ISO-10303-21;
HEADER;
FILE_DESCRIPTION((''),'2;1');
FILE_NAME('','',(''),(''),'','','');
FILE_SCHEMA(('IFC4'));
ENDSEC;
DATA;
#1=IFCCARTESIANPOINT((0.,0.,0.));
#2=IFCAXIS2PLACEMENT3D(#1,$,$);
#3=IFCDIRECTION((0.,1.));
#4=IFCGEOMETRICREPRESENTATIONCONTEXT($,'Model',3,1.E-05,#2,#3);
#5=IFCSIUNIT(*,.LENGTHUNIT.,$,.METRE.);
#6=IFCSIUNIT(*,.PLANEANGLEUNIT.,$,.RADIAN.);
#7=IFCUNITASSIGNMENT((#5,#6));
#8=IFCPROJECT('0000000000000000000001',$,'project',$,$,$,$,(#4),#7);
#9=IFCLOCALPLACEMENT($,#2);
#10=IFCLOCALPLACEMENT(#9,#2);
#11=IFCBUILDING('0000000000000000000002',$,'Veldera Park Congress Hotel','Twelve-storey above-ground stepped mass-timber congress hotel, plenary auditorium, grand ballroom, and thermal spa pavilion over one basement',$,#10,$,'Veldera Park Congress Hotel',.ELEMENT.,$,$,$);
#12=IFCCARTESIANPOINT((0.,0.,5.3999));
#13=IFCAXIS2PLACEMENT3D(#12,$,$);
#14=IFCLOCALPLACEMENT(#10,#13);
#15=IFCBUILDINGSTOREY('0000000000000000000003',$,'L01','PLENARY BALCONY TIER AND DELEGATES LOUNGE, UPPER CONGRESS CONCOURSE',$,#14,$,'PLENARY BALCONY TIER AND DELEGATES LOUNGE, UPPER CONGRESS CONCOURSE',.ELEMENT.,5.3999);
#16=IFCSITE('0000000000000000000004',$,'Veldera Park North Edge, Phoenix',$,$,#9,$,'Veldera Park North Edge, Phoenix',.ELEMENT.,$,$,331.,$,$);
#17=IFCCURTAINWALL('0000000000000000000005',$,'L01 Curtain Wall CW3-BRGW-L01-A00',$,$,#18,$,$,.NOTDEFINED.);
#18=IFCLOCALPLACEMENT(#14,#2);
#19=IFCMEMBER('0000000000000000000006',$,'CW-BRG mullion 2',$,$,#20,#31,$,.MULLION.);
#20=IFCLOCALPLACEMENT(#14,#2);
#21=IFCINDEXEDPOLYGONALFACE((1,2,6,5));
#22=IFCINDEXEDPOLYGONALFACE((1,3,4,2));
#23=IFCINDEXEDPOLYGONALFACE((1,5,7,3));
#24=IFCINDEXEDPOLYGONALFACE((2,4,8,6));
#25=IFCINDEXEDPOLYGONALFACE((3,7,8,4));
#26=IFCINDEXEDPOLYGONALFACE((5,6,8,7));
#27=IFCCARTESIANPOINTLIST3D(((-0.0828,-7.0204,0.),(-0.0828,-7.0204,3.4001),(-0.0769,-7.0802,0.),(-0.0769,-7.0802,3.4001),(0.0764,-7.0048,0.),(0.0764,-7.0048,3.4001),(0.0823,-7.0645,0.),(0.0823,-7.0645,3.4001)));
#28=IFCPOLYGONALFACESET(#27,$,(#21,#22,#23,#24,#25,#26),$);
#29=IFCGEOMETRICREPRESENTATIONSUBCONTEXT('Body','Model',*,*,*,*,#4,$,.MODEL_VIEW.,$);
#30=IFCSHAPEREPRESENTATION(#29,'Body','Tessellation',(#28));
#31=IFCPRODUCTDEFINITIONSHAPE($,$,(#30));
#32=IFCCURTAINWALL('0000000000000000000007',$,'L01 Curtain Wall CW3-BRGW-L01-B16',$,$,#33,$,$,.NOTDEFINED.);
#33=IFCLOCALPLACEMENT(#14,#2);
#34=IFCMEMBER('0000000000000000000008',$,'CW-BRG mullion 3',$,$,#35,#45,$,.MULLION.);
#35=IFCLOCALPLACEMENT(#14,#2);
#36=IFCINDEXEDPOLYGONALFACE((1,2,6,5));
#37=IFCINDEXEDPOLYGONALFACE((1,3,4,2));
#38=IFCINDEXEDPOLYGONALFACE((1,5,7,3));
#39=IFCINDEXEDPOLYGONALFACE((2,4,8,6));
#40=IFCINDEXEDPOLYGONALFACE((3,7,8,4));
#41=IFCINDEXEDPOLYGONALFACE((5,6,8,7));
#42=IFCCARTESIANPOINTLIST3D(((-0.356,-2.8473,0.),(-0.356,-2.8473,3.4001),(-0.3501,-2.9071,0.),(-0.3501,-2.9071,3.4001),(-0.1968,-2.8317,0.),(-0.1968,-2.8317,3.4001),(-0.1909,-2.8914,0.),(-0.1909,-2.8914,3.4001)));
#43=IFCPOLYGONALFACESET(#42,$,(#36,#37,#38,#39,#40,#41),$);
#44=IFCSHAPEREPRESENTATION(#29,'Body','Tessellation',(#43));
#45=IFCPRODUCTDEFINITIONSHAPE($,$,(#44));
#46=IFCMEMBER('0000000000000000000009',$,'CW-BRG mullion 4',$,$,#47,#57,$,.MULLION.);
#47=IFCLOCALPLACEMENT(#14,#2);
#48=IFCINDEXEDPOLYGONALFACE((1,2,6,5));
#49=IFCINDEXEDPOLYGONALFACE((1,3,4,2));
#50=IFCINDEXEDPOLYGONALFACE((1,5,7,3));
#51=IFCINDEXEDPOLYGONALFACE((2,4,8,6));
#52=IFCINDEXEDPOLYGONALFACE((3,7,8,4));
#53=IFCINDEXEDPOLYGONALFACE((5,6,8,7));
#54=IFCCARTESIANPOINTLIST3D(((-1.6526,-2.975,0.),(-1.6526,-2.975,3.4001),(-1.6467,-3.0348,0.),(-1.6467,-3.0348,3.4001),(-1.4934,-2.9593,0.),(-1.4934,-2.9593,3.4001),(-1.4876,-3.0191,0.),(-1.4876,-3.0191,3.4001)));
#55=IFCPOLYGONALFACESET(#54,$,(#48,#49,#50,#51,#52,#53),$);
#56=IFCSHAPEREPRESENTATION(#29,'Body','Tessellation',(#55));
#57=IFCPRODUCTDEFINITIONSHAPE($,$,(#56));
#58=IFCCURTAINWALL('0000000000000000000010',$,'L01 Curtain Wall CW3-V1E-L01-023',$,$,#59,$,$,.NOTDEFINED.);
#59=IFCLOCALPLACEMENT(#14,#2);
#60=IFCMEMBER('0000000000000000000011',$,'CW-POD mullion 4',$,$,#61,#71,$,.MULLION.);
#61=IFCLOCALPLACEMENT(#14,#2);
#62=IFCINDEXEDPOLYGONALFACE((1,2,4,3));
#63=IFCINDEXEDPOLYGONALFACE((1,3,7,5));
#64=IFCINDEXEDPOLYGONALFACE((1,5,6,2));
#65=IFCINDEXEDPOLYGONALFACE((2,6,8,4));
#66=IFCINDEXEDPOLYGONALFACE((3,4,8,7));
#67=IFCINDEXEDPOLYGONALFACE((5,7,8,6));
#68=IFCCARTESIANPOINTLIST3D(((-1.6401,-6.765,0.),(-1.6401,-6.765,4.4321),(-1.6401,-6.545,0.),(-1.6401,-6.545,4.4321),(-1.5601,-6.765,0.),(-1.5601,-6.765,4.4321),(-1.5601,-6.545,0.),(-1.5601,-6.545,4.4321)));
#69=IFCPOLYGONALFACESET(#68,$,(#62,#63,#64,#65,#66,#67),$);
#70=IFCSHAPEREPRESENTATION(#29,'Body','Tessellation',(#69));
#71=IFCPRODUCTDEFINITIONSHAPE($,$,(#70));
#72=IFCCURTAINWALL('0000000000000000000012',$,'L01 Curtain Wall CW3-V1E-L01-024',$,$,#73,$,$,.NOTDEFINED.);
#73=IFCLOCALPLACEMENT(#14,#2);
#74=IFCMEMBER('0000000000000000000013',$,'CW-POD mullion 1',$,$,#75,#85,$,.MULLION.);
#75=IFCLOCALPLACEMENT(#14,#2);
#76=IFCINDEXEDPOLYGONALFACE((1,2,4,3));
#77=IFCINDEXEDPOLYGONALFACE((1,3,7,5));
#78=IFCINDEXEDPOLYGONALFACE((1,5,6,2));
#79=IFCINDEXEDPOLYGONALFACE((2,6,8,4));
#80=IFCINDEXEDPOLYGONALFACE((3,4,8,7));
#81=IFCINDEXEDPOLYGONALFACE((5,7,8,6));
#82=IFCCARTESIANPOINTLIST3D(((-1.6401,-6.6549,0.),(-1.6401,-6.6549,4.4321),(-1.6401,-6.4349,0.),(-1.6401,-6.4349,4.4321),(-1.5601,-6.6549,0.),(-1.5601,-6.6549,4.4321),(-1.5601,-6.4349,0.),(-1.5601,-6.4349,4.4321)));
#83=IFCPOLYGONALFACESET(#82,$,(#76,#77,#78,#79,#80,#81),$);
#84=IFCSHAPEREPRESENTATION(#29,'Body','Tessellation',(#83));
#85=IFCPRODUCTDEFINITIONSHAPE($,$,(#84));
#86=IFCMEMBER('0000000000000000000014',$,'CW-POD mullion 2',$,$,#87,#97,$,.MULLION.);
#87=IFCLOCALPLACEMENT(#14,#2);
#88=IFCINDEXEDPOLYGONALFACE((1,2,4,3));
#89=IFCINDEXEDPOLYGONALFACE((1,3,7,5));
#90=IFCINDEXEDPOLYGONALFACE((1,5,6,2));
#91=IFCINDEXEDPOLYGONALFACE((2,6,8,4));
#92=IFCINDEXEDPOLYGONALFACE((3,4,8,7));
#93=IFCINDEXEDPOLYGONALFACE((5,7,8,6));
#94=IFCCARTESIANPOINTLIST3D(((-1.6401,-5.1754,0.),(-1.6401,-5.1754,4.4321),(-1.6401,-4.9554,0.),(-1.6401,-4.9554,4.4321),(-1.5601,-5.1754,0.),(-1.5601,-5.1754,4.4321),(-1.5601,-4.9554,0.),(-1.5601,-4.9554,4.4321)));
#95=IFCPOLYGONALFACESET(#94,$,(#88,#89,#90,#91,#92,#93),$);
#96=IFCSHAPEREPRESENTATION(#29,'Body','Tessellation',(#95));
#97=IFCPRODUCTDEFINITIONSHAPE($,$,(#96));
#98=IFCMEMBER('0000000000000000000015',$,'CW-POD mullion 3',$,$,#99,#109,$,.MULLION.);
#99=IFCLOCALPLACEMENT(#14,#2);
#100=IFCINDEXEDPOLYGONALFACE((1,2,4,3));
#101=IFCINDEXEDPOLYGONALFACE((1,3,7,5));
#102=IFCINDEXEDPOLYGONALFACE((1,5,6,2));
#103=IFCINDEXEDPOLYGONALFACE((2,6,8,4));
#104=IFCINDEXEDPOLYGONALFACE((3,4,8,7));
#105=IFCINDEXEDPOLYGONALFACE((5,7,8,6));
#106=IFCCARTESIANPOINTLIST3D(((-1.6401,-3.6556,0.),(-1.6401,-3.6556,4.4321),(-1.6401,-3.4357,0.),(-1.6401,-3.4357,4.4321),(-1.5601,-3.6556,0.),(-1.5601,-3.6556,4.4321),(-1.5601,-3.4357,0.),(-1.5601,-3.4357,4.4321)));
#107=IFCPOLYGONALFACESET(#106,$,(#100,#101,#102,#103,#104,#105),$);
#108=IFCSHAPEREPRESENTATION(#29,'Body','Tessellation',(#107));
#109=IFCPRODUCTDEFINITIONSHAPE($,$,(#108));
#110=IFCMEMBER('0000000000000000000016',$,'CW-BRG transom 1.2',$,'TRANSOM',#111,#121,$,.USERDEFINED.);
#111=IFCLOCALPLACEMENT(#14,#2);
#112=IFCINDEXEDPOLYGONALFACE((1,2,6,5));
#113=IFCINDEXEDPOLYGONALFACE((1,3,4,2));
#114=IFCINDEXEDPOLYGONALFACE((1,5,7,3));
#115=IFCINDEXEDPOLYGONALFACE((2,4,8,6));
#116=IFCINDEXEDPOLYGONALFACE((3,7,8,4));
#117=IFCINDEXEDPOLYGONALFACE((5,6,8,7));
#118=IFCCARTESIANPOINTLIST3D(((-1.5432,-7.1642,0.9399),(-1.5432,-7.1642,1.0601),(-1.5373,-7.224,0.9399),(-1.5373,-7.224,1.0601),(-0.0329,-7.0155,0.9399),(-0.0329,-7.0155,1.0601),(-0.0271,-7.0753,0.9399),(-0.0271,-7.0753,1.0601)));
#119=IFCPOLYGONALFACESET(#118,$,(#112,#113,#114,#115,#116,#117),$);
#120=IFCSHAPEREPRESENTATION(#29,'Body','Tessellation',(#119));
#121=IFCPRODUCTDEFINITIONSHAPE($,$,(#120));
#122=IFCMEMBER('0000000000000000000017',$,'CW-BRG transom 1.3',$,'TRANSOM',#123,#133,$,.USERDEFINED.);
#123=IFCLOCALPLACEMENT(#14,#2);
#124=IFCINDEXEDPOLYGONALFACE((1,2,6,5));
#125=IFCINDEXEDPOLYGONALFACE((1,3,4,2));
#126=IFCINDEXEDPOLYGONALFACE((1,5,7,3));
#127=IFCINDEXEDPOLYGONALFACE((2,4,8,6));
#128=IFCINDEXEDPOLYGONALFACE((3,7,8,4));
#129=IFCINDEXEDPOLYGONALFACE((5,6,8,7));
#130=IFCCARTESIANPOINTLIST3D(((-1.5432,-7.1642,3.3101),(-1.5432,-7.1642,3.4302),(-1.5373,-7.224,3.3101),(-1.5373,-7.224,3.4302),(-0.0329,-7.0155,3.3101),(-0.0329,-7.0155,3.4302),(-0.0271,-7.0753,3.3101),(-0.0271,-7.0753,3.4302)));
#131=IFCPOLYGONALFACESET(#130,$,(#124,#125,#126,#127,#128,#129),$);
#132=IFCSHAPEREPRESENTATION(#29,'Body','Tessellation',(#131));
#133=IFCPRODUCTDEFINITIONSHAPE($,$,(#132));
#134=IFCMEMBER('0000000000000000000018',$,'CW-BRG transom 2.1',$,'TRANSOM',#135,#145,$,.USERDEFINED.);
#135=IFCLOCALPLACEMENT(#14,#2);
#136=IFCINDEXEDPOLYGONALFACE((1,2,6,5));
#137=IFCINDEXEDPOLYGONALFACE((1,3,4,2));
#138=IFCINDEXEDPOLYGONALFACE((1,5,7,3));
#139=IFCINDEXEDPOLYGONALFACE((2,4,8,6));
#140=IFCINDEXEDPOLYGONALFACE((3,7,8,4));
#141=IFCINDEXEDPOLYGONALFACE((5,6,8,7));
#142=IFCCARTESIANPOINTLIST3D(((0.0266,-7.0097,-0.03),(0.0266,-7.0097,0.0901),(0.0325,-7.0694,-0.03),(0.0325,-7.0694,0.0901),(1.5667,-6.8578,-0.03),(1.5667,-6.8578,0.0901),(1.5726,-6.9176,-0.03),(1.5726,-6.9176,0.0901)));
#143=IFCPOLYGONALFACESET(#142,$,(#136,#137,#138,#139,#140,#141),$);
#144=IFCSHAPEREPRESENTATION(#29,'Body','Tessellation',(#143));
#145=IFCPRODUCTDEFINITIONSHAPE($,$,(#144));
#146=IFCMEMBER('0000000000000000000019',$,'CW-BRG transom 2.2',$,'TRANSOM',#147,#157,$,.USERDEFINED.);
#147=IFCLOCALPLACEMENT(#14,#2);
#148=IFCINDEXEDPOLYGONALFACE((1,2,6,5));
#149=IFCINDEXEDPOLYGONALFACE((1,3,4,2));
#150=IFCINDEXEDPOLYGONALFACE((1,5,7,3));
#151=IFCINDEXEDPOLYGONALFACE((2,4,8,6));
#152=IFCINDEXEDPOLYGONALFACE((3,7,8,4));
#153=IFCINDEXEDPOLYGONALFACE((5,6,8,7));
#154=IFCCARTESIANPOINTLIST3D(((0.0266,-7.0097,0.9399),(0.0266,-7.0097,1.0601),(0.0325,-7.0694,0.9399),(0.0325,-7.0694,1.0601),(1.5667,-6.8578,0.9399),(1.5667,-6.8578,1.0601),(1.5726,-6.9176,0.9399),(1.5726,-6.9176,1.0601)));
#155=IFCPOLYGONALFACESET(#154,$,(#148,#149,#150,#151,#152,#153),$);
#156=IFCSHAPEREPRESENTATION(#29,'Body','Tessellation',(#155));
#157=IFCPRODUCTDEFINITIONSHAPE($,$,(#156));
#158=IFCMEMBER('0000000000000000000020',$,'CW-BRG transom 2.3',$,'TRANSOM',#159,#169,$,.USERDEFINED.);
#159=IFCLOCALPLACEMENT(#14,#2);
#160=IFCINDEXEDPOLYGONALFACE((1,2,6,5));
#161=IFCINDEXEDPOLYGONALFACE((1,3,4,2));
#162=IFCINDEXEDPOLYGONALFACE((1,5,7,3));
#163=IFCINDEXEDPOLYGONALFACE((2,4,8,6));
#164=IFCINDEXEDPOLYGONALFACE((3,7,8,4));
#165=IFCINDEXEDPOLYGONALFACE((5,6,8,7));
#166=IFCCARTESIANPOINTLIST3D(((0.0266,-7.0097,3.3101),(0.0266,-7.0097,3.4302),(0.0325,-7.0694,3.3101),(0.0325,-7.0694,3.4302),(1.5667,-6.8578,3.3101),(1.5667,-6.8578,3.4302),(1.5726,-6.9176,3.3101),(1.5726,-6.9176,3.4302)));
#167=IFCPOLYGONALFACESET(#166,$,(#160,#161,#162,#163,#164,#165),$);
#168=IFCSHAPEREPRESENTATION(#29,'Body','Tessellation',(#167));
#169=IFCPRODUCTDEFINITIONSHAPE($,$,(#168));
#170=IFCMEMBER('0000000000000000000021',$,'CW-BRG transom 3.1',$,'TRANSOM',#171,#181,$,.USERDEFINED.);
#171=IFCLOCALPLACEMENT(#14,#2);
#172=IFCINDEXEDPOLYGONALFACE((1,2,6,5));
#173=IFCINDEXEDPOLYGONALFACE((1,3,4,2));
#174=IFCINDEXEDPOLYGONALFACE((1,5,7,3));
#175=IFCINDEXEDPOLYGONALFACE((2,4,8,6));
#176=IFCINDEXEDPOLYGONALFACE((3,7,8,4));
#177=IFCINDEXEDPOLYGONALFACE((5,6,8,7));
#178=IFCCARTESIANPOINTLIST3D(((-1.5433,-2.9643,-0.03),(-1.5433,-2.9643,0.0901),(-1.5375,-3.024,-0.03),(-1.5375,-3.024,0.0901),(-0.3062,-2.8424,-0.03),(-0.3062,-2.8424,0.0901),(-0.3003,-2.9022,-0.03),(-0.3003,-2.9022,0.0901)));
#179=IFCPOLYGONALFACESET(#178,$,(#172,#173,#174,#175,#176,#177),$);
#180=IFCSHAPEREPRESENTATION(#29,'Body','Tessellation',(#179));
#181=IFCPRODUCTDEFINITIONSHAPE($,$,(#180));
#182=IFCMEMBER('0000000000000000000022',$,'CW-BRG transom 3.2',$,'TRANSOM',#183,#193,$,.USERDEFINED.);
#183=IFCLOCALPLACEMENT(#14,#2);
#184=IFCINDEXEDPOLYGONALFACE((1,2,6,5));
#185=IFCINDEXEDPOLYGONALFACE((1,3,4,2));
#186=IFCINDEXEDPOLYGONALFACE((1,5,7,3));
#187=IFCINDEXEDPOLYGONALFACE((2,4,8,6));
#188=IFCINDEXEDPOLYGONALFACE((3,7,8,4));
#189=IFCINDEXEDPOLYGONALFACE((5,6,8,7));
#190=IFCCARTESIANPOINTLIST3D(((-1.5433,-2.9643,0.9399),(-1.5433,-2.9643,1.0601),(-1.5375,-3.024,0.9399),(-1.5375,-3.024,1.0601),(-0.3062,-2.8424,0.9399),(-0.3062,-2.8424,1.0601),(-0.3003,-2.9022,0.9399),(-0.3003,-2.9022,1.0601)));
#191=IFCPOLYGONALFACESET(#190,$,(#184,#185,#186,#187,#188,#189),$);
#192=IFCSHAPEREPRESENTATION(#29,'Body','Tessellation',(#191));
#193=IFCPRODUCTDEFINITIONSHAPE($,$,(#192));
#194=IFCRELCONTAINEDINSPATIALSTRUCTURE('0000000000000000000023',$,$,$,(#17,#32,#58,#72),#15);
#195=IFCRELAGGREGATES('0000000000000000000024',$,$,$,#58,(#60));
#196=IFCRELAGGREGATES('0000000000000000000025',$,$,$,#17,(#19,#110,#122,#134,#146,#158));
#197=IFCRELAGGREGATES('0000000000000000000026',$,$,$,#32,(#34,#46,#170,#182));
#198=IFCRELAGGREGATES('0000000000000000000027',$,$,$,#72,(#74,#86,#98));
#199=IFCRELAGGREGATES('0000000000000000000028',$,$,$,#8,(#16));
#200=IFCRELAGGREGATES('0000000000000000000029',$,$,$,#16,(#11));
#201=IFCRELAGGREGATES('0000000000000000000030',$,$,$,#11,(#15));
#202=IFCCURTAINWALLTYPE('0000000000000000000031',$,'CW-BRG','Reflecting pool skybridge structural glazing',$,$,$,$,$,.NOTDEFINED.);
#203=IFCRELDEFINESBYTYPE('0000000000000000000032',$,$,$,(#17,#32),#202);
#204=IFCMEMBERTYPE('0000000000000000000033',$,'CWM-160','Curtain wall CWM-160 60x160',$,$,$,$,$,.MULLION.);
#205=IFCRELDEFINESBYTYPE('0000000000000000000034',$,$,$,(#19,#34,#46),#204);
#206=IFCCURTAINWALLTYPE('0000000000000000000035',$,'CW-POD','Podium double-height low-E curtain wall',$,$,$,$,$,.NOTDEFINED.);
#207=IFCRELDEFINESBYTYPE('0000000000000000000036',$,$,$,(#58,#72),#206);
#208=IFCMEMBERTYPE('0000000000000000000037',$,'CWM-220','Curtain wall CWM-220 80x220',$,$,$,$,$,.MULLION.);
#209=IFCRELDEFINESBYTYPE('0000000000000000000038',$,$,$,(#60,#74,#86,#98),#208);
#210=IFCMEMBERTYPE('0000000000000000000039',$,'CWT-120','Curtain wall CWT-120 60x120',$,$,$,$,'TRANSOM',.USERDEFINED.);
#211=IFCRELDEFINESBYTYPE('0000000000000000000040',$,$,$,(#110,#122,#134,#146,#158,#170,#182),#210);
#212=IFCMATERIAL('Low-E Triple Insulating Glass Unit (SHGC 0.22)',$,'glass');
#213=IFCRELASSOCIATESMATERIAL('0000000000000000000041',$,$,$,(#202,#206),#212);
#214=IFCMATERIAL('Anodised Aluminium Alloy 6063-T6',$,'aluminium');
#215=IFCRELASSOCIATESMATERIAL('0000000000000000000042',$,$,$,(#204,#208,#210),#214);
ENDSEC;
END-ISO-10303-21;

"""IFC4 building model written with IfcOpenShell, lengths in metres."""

from ifc_helpers import new_model, si_unit, direction, frame, origin, origin_2d, place, context, subcontext, project, spatial, rectangle, extrude, material, material_profile, profile_set, type_object, element, aggregate, save


model = new_model("IFC4")

# Units and contexts
model_context = context("Model", 3, precision=1e-05, world=origin(), true_north=direction((0.0, 1.0)))
body_context = subcontext(model_context, "Body", "Model", "MODEL_VIEW")
ifc_project = project(units=[si_unit("LENGTHUNIT", "METRE"), si_unit("PLANEANGLEUNIT", "RADIAN")], contexts=[model_context])

# Site, building, storey
site_placement = place(None, origin())
site = spatial("IfcSite", under=ifc_project, at=site_placement, Name="Veldera Park North Edge, Phoenix", LongName="Veldera Park North Edge, Phoenix", CompositionType="ELEMENT", RefElevation=331.0)
building_placement = place(site_placement, origin())
building = spatial("IfcBuilding", under=site, at=building_placement, Name="Veldera Park Congress Hotel", Description="Twelve-storey above-ground stepped mass-timber congress hotel, plenary auditorium, grand ballroom, and thermal spa pavilion over one basement", LongName="Veldera Park Congress Hotel", CompositionType="ELEMENT")
storey_placement = place(building_placement, frame((0.0, 0.0, 5.3999)))
storey = spatial("IfcBuildingStorey", under=building, at=storey_placement, Name="L01", Description="PLENARY BALCONY TIER AND DELEGATES LOUNGE, UPPER CONGRESS CONCOURSE", LongName="PLENARY BALCONY TIER AND DELEGATES LOUNGE, UPPER CONGRESS CONCOURSE", CompositionType="ELEMENT", Elevation=5.3999)

# Curtain wall, member
ifc_material_1 = material(Name="Low-E Triple Insulating Glass Unit (SHGC 0.22)", Category="glass")
curtain_wall_type_1 = type_object("IfcCurtainWallType", Name="CW-BRG", Description="Reflecting pool skybridge structural glazing", PredefinedType="NOTDEFINED", material=ifc_material_1)
curtain_wall_1_placement = place(storey_placement, origin())
curtain_wall_1 = element("IfcCurtainWall", 1, at=curtain_wall_1_placement, inside=storey, type_object=curtain_wall_type_1, Name="L01 Curtain Wall CW3-BRGW-L01-A00", PredefinedType="NOTDEFINED")
ifc_material_2 = material(Name="Anodised Aluminium Alloy 6063-T6", Category="aluminium")
ifc_material_profile_1 = material_profile(ifc_material_2, rectangle(XDim=0.0601, YDim=0.1599, at=origin_2d()), Name="ALU 60x160")
ifc_profile_set_1 = profile_set([ifc_material_profile_1], Name="Anodised Aluminium Alloy 6063-T6")
member_type_1 = type_object("IfcMemberType", Name="CWM-160", Description="Curtain wall CWM-160 60x160", PredefinedType="MULLION", material=ifc_profile_set_1)
member_1_placement = place(storey_placement, frame((-0.0002, -7.0425, 0.0), z_axis=(0.0, 0.0, 1.0), x_axis=(-0.098021, 0.995184, 0.0)))
member_1 = element("IfcMember", 2, at=member_1_placement, type_object=member_type_1, Name="CW-BRG mullion 2", PredefinedType="MULLION", context=body_context, shape_type="SweptSolid", body=[
    extrude(rectangle(XDim=0.0601, YDim=0.1599, at=origin_2d()), origin(), (0.0, 0.0, 1.0), 3.4001),
])

# Curtain wall, members
curtain_wall_2_placement = place(storey_placement, origin())
curtain_wall_2 = element("IfcCurtainWall", 3, at=curtain_wall_2_placement, inside=storey, type_object=curtain_wall_type_1, Name="L01 Curtain Wall CW3-BRGW-L01-B16", PredefinedType="NOTDEFINED")
member_2_placement = place(storey_placement, frame((-0.2734, -2.8694, 0.0), z_axis=(0.0, 0.0, 1.0), x_axis=(0.098023, -0.995184, 0.0)))
member_2 = element("IfcMember", 4, at=member_2_placement, type_object=member_type_1, Name="CW-BRG mullion 3", PredefinedType="MULLION", context=body_context, shape_type="SweptSolid", body=[
    extrude(rectangle(XDim=0.0601, YDim=0.1599, at=origin_2d()), origin(), (0.0, 0.0, 1.0), 3.4001),
])
member_3_placement = place(storey_placement, frame((-1.5701, -2.9971, 0.0), z_axis=(0.0, 0.0, 1.0), x_axis=(0.098023, -0.995184, 0.0)))
member_3 = element("IfcMember", 5, at=member_3_placement, type_object=member_type_1, Name="CW-BRG mullion 4", PredefinedType="MULLION", context=body_context, shape_type="SweptSolid", body=[
    extrude(rectangle(XDim=0.0601, YDim=0.1599, at=origin_2d()), origin(), (0.0, 0.0, 1.0), 3.4001),
])

# Curtain wall, member
curtain_wall_type_2 = type_object("IfcCurtainWallType", Name="CW-POD", Description="Podium double-height low-E curtain wall", PredefinedType="NOTDEFINED", material=ifc_material_1)
curtain_wall_3_placement = place(storey_placement, origin())
curtain_wall_3 = element("IfcCurtainWall", 6, at=curtain_wall_3_placement, inside=storey, type_object=curtain_wall_type_2, Name="L01 Curtain Wall CW3-V1E-L01-023", PredefinedType="NOTDEFINED")
ifc_material_profile_2 = material_profile(ifc_material_2, rectangle(XDim=0.0801, YDim=0.22, at=origin_2d()), Name="ALU 80x220")
ifc_profile_set_2 = profile_set([ifc_material_profile_2], Name="Anodised Aluminium Alloy 6063-T6")
member_type_2 = type_object("IfcMemberType", Name="CWM-220", Description="Curtain wall CWM-220 80x220", PredefinedType="MULLION", material=ifc_profile_set_2)
member_4_placement = place(storey_placement, frame((-1.6001, -6.655, 0.0), z_axis=(0.0, 0.0, 1.0), x_axis=(-1.0, 0.0, 0.0)))
member_4 = element("IfcMember", 7, at=member_4_placement, type_object=member_type_2, Name="CW-POD mullion 4", PredefinedType="MULLION", context=body_context, shape_type="SweptSolid", body=[
    extrude(rectangle(XDim=0.0801, YDim=0.22, at=origin_2d()), origin(), (0.0, 0.0, 1.0), 4.4321),
])
aggregate(curtain_wall_3, [member_4])

# Curtain wall, members
curtain_wall_4_placement = place(storey_placement, origin())
curtain_wall_4 = element("IfcCurtainWall", 8, at=curtain_wall_4_placement, inside=storey, type_object=curtain_wall_type_2, Name="L01 Curtain Wall CW3-V1E-L01-024", PredefinedType="NOTDEFINED")
member_5_placement = place(storey_placement, frame((-1.6001, -6.5449, 0.0), z_axis=(0.0, 0.0, 1.0), x_axis=(-1.0, 0.0, 0.0)))
member_5 = element("IfcMember", 9, at=member_5_placement, type_object=member_type_2, Name="CW-POD mullion 1", PredefinedType="MULLION", context=body_context, shape_type="SweptSolid", body=[
    extrude(rectangle(XDim=0.0801, YDim=0.22, at=origin_2d()), origin(), (0.0, 0.0, 1.0), 4.4321),
])
member_6_placement = place(storey_placement, frame((-1.6001, -5.0654, 0.0), z_axis=(0.0, 0.0, 1.0), x_axis=(-1.0, 0.0, 0.0)))
member_6 = element("IfcMember", 10, at=member_6_placement, type_object=member_type_2, Name="CW-POD mullion 2", PredefinedType="MULLION", context=body_context, shape_type="SweptSolid", body=[
    extrude(rectangle(XDim=0.0801, YDim=0.22, at=origin_2d()), origin(), (0.0, 0.0, 1.0), 4.4321),
])
member_7_placement = place(storey_placement, frame((-1.6001, -3.5457, 0.0), z_axis=(0.0, 0.0, 1.0), x_axis=(-1.0, 0.0, 0.0)))
member_7 = element("IfcMember", 11, at=member_7_placement, type_object=member_type_2, Name="CW-POD mullion 3", PredefinedType="MULLION", context=body_context, shape_type="SweptSolid", body=[
    extrude(rectangle(XDim=0.0801, YDim=0.22, at=origin_2d()), origin(), (0.0, 0.0, 1.0), 4.4321),
])

# Members
ifc_material_profile_3 = material_profile(ifc_material_2, rectangle(XDim=0.0601, YDim=0.1201, at=origin_2d()), Name="ALU 60x120")
ifc_profile_set_3 = profile_set([ifc_material_profile_3], Name="Anodised Aluminium Alloy 6063-T6")
member_type_3 = type_object("IfcMemberType", Name="CWT-120", Description="Curtain wall CWT-120 60x120", ElementType="TRANSOM", PredefinedType="USERDEFINED", material=ifc_profile_set_3)
member_8_placement = place(storey_placement, frame((-1.5403, -7.1941, 1.0), z_axis=(0.995189, 0.097974, 0.0), x_axis=(-0.097974, 0.995189, 0.0)))
member_8 = element("IfcMember", 12, at=member_8_placement, type_object=member_type_3, Name="CW-BRG transom 1.2", ObjectType="TRANSOM", PredefinedType="USERDEFINED", context=body_context, shape_type="SweptSolid", body=[
    extrude(rectangle(XDim=0.0601, YDim=0.1201, at=origin_2d()), origin(), (0.0, 0.0, 1.0), 1.5176),
])
member_9_placement = place(storey_placement, frame((-1.5403, -7.1941, 3.3701), z_axis=(0.995189, 0.097974, 0.0), x_axis=(-0.097974, 0.995189, 0.0)))
member_9 = element("IfcMember", 13, at=member_9_placement, type_object=member_type_3, Name="CW-BRG transom 1.3", ObjectType="TRANSOM", PredefinedType="USERDEFINED", context=body_context, shape_type="SweptSolid", body=[
    extrude(rectangle(XDim=0.0601, YDim=0.1201, at=origin_2d()), origin(), (0.0, 0.0, 1.0), 1.5176),
])
member_10_placement = place(storey_placement, frame((0.0295, -7.0396, 0.03), z_axis=(0.995174, 0.098129, 0.0), x_axis=(-0.098129, 0.995174, 0.0)))
member_10 = element("IfcMember", 14, at=member_10_placement, type_object=member_type_3, Name="CW-BRG transom 2.1", ObjectType="TRANSOM", PredefinedType="USERDEFINED", context=body_context, shape_type="SweptSolid", body=[
    extrude(rectangle(XDim=0.0601, YDim=0.1201, at=origin_2d()), origin(), (0.0, 0.0, 1.0), 1.5476),
])
member_11_placement = place(storey_placement, frame((0.0295, -7.0396, 1.0), z_axis=(0.995174, 0.098129, 0.0), x_axis=(-0.098129, 0.995174, 0.0)))
member_11 = element("IfcMember", 15, at=member_11_placement, type_object=member_type_3, Name="CW-BRG transom 2.2", ObjectType="TRANSOM", PredefinedType="USERDEFINED", context=body_context, shape_type="SweptSolid", body=[
    extrude(rectangle(XDim=0.0601, YDim=0.1201, at=origin_2d()), origin(), (0.0, 0.0, 1.0), 1.5476),
])
member_12_placement = place(storey_placement, frame((0.0295, -7.0396, 3.3701), z_axis=(0.995174, 0.098129, 0.0), x_axis=(-0.098129, 0.995174, 0.0)))
member_12 = element("IfcMember", 16, at=member_12_placement, type_object=member_type_3, Name="CW-BRG transom 2.3", ObjectType="TRANSOM", PredefinedType="USERDEFINED", context=body_context, shape_type="SweptSolid", body=[
    extrude(rectangle(XDim=0.0601, YDim=0.1201, at=origin_2d()), origin(), (0.0, 0.0, 1.0), 1.5476),
])
member_13_placement = place(storey_placement, frame((-0.3032, -2.8723, 0.03), z_axis=(-0.995186, -0.098006, 0.0), x_axis=(0.098006, -0.995186, 0.0)))
member_13 = element("IfcMember", 17, at=member_13_placement, type_object=member_type_3, Name="CW-BRG transom 3.1", ObjectType="TRANSOM", PredefinedType="USERDEFINED", context=body_context, shape_type="SweptSolid", body=[
    extrude(rectangle(XDim=0.0601, YDim=0.1201, at=origin_2d()), origin(), (0.0, 0.0, 1.0), 1.2432),
])
member_14_placement = place(storey_placement, frame((-0.3032, -2.8723, 1.0), z_axis=(-0.995186, -0.098006, 0.0), x_axis=(0.098006, -0.995186, 0.0)))
member_14 = element("IfcMember", 18, at=member_14_placement, type_object=member_type_3, Name="CW-BRG transom 3.2", ObjectType="TRANSOM", PredefinedType="USERDEFINED", context=body_context, shape_type="SweptSolid", body=[
    extrude(rectangle(XDim=0.0601, YDim=0.1201, at=origin_2d()), origin(), (0.0, 0.0, 1.0), 1.2432),
])

aggregate(curtain_wall_1, [member_1, member_8, member_9, member_10, member_11, member_12])
aggregate(curtain_wall_2, [member_2, member_3, member_13, member_14])
aggregate(curtain_wall_4, [member_5, member_6, member_7])

save(model, "model.ifc")
